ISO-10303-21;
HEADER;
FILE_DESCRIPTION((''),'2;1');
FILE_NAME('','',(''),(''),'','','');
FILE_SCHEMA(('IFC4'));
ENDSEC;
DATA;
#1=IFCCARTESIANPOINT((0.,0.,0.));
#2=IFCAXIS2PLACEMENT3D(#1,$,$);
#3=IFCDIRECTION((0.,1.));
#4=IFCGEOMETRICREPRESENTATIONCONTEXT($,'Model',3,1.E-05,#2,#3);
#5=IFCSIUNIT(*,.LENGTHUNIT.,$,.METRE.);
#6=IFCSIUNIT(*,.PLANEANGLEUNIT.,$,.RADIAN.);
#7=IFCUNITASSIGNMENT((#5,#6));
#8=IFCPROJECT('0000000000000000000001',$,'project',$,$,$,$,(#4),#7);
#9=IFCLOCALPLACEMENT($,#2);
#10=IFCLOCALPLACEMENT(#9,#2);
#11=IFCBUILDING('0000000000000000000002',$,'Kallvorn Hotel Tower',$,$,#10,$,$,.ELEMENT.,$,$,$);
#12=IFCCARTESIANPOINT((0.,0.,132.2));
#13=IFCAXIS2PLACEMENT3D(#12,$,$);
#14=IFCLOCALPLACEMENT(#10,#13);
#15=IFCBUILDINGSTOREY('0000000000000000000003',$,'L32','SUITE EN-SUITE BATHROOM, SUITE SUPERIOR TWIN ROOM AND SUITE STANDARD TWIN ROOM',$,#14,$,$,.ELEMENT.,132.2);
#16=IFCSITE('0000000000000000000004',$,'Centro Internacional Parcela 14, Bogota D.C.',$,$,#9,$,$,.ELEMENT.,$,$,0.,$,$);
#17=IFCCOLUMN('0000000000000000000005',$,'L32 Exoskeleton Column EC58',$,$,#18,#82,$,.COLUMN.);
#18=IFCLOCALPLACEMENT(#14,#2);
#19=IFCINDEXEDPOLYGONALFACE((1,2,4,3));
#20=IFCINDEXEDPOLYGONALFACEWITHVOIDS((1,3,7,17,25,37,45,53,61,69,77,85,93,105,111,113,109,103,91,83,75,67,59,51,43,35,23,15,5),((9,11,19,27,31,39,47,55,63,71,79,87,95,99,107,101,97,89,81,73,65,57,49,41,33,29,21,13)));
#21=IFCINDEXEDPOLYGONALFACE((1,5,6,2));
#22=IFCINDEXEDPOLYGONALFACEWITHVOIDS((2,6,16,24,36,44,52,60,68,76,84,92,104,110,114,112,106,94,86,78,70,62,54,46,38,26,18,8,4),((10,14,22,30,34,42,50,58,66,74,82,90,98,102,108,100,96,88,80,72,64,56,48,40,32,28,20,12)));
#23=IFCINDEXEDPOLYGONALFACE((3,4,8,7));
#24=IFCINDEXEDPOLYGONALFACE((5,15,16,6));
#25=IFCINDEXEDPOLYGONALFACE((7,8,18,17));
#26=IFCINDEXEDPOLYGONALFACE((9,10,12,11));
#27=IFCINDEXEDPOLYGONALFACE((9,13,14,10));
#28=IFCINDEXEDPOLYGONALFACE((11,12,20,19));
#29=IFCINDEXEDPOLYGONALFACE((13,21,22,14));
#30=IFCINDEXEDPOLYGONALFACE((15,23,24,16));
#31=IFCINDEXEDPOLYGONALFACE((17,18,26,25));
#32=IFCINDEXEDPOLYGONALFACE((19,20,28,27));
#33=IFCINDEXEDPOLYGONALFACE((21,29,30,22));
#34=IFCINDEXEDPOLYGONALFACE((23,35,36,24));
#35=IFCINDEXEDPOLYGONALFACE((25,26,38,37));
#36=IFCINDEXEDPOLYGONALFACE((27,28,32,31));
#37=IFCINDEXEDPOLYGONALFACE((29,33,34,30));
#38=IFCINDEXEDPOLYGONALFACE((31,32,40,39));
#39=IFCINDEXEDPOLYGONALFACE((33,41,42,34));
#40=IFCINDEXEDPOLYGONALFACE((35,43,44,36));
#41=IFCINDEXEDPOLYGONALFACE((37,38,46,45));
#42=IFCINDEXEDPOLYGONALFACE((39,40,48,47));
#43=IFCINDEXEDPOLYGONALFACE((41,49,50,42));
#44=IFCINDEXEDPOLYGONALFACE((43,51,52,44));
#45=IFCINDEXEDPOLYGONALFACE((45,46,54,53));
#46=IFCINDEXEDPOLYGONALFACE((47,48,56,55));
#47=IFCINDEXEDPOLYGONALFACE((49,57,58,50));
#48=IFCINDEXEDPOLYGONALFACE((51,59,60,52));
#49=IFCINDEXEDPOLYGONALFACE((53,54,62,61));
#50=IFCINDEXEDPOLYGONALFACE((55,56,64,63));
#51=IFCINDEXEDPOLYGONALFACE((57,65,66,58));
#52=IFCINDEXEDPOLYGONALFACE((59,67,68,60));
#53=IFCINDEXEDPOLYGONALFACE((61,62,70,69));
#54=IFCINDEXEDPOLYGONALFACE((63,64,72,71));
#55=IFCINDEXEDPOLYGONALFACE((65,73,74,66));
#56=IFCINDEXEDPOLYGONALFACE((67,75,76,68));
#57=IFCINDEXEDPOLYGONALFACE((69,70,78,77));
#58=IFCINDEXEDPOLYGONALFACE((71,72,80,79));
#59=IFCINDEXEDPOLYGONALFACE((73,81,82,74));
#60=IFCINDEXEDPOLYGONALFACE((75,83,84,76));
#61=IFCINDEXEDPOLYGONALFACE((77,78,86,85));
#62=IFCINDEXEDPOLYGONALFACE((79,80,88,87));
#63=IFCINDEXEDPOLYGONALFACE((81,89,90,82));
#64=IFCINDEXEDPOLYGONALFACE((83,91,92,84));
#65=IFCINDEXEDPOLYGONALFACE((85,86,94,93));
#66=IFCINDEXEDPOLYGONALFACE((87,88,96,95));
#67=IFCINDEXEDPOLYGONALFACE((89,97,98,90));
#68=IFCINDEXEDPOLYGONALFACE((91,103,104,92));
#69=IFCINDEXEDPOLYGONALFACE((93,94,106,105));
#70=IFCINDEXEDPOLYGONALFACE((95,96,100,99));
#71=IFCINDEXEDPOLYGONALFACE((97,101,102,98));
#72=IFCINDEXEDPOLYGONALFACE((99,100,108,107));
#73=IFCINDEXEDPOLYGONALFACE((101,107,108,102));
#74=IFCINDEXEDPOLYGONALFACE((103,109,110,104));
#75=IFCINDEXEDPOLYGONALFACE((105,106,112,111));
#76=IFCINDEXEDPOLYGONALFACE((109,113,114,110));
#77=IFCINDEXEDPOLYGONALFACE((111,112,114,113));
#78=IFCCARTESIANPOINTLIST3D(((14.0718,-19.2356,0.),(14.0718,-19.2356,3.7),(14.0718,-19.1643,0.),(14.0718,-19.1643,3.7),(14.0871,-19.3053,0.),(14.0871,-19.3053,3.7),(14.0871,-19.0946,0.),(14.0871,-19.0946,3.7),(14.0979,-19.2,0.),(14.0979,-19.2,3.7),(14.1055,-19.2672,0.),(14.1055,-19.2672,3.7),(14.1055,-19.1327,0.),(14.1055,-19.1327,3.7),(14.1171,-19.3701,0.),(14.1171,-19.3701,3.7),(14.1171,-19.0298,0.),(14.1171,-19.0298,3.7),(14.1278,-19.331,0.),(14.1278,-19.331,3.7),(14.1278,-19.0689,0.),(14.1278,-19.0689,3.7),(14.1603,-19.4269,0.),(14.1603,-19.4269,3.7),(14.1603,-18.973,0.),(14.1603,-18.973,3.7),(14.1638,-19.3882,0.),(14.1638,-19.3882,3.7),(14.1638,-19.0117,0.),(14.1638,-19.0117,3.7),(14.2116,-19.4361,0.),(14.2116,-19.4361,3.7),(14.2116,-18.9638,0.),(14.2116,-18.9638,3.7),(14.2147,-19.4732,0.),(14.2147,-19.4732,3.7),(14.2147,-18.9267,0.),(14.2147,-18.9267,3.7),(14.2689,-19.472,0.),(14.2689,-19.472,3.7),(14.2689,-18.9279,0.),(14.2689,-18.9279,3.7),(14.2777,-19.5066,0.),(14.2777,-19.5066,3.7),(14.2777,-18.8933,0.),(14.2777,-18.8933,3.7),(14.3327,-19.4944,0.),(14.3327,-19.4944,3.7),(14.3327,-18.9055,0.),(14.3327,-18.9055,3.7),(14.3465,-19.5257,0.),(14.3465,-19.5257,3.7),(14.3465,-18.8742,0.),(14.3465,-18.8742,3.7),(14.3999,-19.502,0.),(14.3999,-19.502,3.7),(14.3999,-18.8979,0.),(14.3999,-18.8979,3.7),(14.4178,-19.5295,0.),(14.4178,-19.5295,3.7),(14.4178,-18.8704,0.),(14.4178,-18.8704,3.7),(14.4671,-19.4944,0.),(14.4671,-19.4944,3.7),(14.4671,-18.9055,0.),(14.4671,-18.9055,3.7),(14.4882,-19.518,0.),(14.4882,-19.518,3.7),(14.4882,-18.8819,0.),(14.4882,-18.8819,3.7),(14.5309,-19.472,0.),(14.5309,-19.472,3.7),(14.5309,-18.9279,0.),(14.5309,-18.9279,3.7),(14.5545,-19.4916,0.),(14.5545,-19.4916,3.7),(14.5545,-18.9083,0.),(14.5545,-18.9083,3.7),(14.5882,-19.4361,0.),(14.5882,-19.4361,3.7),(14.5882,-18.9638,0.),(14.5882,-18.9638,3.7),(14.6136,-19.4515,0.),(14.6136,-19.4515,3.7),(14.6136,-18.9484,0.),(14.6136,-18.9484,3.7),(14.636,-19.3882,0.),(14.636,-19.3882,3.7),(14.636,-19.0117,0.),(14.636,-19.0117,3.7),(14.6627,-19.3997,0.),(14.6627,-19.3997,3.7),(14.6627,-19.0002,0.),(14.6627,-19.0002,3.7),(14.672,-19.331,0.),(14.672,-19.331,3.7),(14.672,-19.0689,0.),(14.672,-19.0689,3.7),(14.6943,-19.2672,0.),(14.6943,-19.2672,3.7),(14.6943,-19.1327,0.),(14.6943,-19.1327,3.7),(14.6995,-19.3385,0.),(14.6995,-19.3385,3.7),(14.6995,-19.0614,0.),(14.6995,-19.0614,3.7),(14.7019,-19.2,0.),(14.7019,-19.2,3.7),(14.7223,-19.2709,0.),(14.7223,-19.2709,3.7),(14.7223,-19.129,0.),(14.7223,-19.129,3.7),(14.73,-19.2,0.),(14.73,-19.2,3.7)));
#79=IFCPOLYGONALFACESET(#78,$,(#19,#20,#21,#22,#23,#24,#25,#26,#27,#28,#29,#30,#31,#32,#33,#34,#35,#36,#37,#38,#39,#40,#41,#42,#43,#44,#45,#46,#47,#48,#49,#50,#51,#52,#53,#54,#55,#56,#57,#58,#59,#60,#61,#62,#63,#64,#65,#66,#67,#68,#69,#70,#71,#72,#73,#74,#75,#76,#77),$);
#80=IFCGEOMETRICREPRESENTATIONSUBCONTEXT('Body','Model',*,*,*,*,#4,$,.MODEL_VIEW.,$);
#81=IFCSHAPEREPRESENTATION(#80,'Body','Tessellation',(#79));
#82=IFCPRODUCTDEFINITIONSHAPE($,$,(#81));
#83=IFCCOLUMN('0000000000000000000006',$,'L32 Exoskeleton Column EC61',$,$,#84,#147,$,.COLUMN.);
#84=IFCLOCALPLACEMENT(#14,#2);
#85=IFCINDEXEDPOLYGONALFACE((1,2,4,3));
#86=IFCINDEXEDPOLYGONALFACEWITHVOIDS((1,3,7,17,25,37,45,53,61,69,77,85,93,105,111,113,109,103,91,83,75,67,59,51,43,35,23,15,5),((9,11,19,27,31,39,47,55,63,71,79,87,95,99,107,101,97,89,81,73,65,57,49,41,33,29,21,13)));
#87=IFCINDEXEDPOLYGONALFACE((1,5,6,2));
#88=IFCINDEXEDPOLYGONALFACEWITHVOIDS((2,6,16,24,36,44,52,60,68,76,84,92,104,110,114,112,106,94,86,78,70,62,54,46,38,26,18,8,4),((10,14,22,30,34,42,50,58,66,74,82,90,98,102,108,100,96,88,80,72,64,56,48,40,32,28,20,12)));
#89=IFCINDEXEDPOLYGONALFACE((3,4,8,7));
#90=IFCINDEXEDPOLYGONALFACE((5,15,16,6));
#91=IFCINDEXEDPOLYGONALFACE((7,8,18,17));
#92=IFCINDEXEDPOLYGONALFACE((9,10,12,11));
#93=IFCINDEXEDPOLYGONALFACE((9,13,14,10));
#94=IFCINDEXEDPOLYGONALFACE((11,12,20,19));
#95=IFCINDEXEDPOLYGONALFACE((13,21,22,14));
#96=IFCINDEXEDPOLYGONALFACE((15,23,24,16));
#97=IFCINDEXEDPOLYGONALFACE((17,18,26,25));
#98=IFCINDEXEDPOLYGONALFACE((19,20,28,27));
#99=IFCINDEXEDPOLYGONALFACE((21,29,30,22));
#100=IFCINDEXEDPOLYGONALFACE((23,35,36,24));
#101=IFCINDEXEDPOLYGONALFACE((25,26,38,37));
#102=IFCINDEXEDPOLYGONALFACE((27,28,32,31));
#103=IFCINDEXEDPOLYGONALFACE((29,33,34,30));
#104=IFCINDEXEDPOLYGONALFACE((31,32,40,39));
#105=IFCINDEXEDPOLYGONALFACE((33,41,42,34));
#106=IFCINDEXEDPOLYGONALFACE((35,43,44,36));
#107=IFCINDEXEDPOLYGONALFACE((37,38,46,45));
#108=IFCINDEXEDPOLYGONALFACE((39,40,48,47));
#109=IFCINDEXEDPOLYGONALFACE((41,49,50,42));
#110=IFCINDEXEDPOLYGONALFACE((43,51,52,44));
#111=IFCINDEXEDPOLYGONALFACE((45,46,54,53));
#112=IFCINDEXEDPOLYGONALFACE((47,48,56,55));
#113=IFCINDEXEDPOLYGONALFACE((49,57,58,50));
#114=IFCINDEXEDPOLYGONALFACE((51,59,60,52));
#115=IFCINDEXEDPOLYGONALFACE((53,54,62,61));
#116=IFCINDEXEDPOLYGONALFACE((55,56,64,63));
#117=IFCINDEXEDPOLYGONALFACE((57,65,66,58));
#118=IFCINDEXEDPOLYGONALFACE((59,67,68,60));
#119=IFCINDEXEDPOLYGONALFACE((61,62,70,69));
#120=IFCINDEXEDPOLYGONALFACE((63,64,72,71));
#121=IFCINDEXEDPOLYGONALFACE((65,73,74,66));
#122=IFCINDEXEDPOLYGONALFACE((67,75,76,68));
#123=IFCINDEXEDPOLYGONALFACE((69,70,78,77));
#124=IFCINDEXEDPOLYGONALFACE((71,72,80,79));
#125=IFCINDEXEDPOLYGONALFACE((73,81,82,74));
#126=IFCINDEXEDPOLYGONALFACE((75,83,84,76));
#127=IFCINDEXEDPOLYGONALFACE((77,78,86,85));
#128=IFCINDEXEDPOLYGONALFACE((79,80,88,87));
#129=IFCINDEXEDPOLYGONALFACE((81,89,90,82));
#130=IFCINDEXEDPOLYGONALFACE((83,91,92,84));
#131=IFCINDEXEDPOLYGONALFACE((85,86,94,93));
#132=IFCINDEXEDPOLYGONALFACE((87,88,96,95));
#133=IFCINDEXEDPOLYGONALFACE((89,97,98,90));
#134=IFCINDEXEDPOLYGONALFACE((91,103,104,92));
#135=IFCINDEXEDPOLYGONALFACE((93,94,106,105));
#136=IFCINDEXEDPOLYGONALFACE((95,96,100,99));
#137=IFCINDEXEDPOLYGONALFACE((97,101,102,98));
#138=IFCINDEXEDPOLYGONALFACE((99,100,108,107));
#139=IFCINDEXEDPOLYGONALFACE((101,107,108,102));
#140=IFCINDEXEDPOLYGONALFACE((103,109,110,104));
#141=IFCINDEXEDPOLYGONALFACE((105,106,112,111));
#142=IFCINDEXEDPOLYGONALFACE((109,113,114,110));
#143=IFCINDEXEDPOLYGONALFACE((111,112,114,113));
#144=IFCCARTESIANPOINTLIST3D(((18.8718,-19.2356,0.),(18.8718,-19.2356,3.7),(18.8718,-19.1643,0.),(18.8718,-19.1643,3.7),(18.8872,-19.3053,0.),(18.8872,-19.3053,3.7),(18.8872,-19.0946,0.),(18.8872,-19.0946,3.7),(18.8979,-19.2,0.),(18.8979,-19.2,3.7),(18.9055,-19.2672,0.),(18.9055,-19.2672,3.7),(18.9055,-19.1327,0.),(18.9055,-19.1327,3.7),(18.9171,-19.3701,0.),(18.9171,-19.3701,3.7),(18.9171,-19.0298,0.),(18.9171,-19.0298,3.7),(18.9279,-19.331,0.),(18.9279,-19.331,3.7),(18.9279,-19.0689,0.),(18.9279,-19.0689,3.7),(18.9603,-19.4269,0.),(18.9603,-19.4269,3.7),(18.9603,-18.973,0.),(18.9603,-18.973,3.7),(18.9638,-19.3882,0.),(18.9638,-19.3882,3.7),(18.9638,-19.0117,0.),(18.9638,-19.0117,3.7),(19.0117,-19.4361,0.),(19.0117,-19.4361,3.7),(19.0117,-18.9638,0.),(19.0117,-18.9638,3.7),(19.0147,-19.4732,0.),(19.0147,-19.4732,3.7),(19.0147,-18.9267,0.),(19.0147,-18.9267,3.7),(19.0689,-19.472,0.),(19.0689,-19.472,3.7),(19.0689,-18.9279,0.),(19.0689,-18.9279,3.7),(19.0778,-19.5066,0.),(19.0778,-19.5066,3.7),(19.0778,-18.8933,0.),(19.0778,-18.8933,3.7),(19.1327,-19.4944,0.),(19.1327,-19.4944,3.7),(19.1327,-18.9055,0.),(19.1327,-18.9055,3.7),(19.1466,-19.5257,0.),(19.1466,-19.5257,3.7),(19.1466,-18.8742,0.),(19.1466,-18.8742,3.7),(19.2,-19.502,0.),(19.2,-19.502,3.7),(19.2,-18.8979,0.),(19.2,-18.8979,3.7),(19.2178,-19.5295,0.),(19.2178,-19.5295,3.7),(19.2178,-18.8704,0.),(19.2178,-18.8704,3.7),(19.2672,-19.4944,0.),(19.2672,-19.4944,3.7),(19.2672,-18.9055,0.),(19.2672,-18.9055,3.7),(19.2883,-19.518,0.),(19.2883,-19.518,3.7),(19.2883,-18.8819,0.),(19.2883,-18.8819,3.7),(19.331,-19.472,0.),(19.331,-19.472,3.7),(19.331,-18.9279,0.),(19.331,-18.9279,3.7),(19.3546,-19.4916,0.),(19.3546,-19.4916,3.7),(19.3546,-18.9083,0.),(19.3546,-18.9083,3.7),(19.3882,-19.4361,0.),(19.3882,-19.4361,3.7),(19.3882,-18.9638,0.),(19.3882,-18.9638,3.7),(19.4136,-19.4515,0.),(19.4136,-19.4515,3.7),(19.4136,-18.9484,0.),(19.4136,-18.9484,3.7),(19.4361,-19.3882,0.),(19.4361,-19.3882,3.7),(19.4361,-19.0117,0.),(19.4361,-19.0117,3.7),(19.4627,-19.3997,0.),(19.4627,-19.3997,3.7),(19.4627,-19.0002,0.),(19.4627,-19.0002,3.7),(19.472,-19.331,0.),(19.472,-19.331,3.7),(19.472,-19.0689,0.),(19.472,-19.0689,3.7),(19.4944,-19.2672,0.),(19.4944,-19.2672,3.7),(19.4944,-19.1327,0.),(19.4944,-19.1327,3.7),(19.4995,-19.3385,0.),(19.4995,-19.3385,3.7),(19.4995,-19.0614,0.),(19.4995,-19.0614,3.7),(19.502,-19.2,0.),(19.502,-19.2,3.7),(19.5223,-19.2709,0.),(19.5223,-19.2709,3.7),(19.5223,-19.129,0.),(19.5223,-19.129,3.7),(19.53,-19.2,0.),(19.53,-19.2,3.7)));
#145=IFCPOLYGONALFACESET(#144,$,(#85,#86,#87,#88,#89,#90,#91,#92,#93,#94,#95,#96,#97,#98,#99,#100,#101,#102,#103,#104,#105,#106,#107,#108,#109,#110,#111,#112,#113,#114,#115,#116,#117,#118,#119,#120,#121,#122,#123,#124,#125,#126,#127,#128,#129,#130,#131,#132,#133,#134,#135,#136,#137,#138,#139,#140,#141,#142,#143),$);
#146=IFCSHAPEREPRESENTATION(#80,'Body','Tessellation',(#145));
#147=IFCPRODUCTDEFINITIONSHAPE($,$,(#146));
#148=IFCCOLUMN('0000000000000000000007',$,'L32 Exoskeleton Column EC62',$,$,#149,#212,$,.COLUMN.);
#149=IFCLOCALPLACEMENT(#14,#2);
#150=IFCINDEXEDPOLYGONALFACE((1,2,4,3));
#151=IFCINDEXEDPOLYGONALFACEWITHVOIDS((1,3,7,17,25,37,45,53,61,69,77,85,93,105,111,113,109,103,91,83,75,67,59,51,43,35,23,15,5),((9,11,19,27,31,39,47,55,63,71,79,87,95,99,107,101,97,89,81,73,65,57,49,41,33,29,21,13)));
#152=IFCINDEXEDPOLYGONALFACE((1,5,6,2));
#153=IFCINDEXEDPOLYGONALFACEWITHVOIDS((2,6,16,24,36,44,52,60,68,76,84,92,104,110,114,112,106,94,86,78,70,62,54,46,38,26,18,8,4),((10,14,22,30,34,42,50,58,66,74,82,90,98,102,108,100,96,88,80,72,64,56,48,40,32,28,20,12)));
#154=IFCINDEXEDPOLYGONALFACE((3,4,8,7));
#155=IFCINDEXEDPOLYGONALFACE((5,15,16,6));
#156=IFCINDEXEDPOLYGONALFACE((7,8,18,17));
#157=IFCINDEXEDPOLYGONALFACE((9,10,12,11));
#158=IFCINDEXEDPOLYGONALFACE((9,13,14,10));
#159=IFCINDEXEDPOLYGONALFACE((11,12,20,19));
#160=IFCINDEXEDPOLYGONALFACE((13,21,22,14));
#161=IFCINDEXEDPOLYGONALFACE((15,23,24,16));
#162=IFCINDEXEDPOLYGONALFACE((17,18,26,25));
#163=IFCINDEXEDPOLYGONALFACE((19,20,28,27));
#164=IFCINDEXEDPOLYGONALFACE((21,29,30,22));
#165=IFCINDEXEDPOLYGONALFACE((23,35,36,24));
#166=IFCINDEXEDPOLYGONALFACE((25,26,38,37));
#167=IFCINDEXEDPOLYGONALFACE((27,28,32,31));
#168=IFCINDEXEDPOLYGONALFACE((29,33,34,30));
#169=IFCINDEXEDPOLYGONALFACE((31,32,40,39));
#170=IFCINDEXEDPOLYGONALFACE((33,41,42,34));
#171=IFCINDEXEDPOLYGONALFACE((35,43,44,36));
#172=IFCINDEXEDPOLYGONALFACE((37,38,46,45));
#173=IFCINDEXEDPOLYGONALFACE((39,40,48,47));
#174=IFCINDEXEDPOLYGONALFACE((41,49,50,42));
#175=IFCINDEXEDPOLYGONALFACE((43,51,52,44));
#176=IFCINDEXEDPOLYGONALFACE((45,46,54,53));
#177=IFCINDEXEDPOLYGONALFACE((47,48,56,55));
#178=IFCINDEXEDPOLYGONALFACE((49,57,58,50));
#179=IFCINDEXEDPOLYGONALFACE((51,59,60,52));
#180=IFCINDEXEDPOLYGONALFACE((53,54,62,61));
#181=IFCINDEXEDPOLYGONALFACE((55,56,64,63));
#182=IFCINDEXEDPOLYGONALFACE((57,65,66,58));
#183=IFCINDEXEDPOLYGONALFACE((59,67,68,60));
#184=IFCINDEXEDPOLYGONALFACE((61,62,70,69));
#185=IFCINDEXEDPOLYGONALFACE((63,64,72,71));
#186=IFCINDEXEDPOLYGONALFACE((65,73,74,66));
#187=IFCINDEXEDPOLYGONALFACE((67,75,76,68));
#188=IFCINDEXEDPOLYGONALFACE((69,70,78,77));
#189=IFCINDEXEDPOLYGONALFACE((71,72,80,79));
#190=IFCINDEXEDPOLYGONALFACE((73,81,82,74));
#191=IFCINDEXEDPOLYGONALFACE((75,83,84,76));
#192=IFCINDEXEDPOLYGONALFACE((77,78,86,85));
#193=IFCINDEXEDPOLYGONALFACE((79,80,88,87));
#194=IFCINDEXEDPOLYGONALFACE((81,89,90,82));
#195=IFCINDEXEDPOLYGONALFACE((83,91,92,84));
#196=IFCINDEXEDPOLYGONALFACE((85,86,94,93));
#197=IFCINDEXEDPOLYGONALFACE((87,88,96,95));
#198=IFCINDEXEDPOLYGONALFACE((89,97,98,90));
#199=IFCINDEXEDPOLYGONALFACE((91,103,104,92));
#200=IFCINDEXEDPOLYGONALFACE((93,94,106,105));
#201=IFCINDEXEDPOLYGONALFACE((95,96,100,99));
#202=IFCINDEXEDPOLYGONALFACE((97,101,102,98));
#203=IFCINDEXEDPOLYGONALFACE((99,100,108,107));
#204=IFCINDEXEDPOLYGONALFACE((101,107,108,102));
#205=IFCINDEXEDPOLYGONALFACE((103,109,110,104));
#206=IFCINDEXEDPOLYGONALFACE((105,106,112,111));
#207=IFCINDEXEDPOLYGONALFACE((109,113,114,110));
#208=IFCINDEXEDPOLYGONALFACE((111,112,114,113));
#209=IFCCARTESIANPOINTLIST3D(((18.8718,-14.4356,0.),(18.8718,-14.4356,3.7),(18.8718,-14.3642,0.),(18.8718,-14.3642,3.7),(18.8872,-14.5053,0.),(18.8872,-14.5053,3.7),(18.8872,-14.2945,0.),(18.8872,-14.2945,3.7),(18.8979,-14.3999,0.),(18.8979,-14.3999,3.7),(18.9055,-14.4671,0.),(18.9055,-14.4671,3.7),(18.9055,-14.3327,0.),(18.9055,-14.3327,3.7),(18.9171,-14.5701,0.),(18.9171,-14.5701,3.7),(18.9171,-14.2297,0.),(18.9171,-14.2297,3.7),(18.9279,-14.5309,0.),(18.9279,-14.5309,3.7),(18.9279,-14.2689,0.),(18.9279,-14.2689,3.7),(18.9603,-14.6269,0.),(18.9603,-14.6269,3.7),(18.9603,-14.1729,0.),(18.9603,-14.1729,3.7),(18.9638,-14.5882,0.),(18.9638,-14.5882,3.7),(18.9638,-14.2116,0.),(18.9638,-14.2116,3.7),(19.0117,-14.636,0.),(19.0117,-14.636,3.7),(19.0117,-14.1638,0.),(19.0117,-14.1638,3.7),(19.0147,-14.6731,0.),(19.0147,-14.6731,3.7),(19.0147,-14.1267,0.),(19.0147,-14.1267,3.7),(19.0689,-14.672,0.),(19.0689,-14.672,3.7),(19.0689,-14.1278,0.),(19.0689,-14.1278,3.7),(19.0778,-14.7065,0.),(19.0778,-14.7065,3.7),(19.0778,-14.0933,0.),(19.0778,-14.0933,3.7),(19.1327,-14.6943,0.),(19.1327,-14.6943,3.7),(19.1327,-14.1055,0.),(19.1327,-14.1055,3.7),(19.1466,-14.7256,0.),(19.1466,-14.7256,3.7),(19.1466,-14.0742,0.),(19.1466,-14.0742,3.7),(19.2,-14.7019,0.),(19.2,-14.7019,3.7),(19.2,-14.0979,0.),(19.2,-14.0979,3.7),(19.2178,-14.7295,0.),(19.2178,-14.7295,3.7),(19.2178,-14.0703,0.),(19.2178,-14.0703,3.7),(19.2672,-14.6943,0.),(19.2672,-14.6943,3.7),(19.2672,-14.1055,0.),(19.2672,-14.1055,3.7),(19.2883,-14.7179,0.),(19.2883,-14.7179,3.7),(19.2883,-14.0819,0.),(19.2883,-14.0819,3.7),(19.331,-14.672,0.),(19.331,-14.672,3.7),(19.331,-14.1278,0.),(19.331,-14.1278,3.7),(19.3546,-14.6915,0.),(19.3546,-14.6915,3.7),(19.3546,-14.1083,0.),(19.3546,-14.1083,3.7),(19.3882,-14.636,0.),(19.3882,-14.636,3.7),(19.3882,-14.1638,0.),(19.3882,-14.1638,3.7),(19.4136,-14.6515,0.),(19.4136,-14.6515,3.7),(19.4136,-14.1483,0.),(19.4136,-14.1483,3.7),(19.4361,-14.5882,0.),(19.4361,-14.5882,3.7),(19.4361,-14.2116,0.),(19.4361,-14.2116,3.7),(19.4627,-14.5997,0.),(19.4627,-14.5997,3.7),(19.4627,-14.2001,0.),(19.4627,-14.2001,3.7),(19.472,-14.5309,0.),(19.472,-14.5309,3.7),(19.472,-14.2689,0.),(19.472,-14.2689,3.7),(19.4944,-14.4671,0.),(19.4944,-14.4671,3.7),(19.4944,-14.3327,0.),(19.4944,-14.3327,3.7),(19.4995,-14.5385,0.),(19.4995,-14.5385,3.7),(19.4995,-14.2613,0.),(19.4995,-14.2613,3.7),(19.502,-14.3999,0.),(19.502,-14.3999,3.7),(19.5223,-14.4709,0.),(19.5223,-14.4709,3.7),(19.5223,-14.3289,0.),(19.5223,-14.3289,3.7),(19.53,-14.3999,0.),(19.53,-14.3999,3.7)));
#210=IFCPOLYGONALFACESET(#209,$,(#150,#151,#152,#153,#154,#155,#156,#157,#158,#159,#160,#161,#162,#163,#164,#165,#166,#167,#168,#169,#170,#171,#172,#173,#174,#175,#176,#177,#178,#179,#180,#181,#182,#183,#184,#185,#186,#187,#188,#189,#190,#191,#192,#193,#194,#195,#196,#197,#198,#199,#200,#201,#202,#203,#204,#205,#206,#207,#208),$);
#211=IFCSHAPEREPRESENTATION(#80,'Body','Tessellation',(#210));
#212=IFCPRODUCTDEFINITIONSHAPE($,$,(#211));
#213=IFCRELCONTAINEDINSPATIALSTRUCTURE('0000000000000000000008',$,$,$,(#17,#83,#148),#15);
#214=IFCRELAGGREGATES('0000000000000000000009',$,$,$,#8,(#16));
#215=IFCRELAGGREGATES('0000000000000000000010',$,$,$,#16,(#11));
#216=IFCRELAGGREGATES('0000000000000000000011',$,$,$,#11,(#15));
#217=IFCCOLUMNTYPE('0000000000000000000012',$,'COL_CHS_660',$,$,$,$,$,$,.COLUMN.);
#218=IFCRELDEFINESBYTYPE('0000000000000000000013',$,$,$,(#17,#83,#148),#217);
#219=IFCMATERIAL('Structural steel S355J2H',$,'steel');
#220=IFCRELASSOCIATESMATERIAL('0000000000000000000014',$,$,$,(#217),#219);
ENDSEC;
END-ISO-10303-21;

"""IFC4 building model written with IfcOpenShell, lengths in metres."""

from ifc_helpers import new_model, si_unit, direction, frame, origin, origin_2d, place, context, subcontext, project, spatial, hollow_circle, extrude, material, material_profile, profile_set, type_object, element, save


model = new_model("IFC4")

# Units and contexts
model_context = context("Model", 3, precision=1e-05, world=origin(), true_north=direction((0.0, 1.0)))
body_context = subcontext(model_context, "Body", "Model", "MODEL_VIEW")
ifc_project = project(units=[si_unit("LENGTHUNIT", "METRE"), si_unit("PLANEANGLEUNIT", "RADIAN")], contexts=[model_context])

# Site, building, storey
site_placement = place(None, origin())
site = spatial("IfcSite", under=ifc_project, at=site_placement, Name="Centro Internacional Parcela 14, Bogota D.C.", CompositionType="ELEMENT", RefElevation=0.0)
building_placement = place(site_placement, origin())
building = spatial("IfcBuilding", under=site, at=building_placement, Name="Kallvorn Hotel Tower", CompositionType="ELEMENT")
storey_placement = place(building_placement, frame((0.0, 0.0, 132.2)))
storey = spatial("IfcBuildingStorey", under=building, at=storey_placement, Name="L32", Description="SUITE EN-SUITE BATHROOM, SUITE SUPERIOR TWIN ROOM AND SUITE STANDARD TWIN ROOM", CompositionType="ELEMENT", Elevation=132.2)

# Columns
ifc_material_1 = material(Name="Structural steel S355J2H", Category="steel")
ifc_material_profile_1 = material_profile(ifc_material_1, hollow_circle(Radius=0.3301, WallThickness=0.0281, at=origin_2d()), Name="CHS 660x28")
ifc_profile_set_1 = profile_set([ifc_material_profile_1], Name="Structural steel S355J2H")
column_type_1 = type_object("IfcColumnType", Name="COL_CHS_660", PredefinedType="COLUMN", material=ifc_profile_set_1)
for number, where, z_axis, x_axis, name in (
    (1, (14.3999, -19.2, 0.0), (0.0, 0.0, 1.0), (1.0, 0.0, 0.0), "L32 Exoskeleton Column EC58"),
    (2, (19.2, -19.2, 0.0), (0.0, 0.0, 1.0), (1.0, 0.0, 0.0), "L32 Exoskeleton Column EC61"),
    (3, (19.2, -14.3999, 0.0), (0.0, 0.0, 1.0), (1.0, 0.0, 0.0), "L32 Exoskeleton Column EC62"),
):
    element("IfcColumn", number, at=place(storey_placement, frame(where, z_axis=z_axis, x_axis=x_axis)), inside=storey, type_object=column_type_1, Name=name, PredefinedType="COLUMN", context=body_context, shape_type="SweptSolid", body=[
        extrude(hollow_circle(Radius=0.3301, WallThickness=0.0281, at=origin_2d()), origin(), (0.0, 0.0, 1.0), 3.7),
    ])

save(model, "model.ifc")
